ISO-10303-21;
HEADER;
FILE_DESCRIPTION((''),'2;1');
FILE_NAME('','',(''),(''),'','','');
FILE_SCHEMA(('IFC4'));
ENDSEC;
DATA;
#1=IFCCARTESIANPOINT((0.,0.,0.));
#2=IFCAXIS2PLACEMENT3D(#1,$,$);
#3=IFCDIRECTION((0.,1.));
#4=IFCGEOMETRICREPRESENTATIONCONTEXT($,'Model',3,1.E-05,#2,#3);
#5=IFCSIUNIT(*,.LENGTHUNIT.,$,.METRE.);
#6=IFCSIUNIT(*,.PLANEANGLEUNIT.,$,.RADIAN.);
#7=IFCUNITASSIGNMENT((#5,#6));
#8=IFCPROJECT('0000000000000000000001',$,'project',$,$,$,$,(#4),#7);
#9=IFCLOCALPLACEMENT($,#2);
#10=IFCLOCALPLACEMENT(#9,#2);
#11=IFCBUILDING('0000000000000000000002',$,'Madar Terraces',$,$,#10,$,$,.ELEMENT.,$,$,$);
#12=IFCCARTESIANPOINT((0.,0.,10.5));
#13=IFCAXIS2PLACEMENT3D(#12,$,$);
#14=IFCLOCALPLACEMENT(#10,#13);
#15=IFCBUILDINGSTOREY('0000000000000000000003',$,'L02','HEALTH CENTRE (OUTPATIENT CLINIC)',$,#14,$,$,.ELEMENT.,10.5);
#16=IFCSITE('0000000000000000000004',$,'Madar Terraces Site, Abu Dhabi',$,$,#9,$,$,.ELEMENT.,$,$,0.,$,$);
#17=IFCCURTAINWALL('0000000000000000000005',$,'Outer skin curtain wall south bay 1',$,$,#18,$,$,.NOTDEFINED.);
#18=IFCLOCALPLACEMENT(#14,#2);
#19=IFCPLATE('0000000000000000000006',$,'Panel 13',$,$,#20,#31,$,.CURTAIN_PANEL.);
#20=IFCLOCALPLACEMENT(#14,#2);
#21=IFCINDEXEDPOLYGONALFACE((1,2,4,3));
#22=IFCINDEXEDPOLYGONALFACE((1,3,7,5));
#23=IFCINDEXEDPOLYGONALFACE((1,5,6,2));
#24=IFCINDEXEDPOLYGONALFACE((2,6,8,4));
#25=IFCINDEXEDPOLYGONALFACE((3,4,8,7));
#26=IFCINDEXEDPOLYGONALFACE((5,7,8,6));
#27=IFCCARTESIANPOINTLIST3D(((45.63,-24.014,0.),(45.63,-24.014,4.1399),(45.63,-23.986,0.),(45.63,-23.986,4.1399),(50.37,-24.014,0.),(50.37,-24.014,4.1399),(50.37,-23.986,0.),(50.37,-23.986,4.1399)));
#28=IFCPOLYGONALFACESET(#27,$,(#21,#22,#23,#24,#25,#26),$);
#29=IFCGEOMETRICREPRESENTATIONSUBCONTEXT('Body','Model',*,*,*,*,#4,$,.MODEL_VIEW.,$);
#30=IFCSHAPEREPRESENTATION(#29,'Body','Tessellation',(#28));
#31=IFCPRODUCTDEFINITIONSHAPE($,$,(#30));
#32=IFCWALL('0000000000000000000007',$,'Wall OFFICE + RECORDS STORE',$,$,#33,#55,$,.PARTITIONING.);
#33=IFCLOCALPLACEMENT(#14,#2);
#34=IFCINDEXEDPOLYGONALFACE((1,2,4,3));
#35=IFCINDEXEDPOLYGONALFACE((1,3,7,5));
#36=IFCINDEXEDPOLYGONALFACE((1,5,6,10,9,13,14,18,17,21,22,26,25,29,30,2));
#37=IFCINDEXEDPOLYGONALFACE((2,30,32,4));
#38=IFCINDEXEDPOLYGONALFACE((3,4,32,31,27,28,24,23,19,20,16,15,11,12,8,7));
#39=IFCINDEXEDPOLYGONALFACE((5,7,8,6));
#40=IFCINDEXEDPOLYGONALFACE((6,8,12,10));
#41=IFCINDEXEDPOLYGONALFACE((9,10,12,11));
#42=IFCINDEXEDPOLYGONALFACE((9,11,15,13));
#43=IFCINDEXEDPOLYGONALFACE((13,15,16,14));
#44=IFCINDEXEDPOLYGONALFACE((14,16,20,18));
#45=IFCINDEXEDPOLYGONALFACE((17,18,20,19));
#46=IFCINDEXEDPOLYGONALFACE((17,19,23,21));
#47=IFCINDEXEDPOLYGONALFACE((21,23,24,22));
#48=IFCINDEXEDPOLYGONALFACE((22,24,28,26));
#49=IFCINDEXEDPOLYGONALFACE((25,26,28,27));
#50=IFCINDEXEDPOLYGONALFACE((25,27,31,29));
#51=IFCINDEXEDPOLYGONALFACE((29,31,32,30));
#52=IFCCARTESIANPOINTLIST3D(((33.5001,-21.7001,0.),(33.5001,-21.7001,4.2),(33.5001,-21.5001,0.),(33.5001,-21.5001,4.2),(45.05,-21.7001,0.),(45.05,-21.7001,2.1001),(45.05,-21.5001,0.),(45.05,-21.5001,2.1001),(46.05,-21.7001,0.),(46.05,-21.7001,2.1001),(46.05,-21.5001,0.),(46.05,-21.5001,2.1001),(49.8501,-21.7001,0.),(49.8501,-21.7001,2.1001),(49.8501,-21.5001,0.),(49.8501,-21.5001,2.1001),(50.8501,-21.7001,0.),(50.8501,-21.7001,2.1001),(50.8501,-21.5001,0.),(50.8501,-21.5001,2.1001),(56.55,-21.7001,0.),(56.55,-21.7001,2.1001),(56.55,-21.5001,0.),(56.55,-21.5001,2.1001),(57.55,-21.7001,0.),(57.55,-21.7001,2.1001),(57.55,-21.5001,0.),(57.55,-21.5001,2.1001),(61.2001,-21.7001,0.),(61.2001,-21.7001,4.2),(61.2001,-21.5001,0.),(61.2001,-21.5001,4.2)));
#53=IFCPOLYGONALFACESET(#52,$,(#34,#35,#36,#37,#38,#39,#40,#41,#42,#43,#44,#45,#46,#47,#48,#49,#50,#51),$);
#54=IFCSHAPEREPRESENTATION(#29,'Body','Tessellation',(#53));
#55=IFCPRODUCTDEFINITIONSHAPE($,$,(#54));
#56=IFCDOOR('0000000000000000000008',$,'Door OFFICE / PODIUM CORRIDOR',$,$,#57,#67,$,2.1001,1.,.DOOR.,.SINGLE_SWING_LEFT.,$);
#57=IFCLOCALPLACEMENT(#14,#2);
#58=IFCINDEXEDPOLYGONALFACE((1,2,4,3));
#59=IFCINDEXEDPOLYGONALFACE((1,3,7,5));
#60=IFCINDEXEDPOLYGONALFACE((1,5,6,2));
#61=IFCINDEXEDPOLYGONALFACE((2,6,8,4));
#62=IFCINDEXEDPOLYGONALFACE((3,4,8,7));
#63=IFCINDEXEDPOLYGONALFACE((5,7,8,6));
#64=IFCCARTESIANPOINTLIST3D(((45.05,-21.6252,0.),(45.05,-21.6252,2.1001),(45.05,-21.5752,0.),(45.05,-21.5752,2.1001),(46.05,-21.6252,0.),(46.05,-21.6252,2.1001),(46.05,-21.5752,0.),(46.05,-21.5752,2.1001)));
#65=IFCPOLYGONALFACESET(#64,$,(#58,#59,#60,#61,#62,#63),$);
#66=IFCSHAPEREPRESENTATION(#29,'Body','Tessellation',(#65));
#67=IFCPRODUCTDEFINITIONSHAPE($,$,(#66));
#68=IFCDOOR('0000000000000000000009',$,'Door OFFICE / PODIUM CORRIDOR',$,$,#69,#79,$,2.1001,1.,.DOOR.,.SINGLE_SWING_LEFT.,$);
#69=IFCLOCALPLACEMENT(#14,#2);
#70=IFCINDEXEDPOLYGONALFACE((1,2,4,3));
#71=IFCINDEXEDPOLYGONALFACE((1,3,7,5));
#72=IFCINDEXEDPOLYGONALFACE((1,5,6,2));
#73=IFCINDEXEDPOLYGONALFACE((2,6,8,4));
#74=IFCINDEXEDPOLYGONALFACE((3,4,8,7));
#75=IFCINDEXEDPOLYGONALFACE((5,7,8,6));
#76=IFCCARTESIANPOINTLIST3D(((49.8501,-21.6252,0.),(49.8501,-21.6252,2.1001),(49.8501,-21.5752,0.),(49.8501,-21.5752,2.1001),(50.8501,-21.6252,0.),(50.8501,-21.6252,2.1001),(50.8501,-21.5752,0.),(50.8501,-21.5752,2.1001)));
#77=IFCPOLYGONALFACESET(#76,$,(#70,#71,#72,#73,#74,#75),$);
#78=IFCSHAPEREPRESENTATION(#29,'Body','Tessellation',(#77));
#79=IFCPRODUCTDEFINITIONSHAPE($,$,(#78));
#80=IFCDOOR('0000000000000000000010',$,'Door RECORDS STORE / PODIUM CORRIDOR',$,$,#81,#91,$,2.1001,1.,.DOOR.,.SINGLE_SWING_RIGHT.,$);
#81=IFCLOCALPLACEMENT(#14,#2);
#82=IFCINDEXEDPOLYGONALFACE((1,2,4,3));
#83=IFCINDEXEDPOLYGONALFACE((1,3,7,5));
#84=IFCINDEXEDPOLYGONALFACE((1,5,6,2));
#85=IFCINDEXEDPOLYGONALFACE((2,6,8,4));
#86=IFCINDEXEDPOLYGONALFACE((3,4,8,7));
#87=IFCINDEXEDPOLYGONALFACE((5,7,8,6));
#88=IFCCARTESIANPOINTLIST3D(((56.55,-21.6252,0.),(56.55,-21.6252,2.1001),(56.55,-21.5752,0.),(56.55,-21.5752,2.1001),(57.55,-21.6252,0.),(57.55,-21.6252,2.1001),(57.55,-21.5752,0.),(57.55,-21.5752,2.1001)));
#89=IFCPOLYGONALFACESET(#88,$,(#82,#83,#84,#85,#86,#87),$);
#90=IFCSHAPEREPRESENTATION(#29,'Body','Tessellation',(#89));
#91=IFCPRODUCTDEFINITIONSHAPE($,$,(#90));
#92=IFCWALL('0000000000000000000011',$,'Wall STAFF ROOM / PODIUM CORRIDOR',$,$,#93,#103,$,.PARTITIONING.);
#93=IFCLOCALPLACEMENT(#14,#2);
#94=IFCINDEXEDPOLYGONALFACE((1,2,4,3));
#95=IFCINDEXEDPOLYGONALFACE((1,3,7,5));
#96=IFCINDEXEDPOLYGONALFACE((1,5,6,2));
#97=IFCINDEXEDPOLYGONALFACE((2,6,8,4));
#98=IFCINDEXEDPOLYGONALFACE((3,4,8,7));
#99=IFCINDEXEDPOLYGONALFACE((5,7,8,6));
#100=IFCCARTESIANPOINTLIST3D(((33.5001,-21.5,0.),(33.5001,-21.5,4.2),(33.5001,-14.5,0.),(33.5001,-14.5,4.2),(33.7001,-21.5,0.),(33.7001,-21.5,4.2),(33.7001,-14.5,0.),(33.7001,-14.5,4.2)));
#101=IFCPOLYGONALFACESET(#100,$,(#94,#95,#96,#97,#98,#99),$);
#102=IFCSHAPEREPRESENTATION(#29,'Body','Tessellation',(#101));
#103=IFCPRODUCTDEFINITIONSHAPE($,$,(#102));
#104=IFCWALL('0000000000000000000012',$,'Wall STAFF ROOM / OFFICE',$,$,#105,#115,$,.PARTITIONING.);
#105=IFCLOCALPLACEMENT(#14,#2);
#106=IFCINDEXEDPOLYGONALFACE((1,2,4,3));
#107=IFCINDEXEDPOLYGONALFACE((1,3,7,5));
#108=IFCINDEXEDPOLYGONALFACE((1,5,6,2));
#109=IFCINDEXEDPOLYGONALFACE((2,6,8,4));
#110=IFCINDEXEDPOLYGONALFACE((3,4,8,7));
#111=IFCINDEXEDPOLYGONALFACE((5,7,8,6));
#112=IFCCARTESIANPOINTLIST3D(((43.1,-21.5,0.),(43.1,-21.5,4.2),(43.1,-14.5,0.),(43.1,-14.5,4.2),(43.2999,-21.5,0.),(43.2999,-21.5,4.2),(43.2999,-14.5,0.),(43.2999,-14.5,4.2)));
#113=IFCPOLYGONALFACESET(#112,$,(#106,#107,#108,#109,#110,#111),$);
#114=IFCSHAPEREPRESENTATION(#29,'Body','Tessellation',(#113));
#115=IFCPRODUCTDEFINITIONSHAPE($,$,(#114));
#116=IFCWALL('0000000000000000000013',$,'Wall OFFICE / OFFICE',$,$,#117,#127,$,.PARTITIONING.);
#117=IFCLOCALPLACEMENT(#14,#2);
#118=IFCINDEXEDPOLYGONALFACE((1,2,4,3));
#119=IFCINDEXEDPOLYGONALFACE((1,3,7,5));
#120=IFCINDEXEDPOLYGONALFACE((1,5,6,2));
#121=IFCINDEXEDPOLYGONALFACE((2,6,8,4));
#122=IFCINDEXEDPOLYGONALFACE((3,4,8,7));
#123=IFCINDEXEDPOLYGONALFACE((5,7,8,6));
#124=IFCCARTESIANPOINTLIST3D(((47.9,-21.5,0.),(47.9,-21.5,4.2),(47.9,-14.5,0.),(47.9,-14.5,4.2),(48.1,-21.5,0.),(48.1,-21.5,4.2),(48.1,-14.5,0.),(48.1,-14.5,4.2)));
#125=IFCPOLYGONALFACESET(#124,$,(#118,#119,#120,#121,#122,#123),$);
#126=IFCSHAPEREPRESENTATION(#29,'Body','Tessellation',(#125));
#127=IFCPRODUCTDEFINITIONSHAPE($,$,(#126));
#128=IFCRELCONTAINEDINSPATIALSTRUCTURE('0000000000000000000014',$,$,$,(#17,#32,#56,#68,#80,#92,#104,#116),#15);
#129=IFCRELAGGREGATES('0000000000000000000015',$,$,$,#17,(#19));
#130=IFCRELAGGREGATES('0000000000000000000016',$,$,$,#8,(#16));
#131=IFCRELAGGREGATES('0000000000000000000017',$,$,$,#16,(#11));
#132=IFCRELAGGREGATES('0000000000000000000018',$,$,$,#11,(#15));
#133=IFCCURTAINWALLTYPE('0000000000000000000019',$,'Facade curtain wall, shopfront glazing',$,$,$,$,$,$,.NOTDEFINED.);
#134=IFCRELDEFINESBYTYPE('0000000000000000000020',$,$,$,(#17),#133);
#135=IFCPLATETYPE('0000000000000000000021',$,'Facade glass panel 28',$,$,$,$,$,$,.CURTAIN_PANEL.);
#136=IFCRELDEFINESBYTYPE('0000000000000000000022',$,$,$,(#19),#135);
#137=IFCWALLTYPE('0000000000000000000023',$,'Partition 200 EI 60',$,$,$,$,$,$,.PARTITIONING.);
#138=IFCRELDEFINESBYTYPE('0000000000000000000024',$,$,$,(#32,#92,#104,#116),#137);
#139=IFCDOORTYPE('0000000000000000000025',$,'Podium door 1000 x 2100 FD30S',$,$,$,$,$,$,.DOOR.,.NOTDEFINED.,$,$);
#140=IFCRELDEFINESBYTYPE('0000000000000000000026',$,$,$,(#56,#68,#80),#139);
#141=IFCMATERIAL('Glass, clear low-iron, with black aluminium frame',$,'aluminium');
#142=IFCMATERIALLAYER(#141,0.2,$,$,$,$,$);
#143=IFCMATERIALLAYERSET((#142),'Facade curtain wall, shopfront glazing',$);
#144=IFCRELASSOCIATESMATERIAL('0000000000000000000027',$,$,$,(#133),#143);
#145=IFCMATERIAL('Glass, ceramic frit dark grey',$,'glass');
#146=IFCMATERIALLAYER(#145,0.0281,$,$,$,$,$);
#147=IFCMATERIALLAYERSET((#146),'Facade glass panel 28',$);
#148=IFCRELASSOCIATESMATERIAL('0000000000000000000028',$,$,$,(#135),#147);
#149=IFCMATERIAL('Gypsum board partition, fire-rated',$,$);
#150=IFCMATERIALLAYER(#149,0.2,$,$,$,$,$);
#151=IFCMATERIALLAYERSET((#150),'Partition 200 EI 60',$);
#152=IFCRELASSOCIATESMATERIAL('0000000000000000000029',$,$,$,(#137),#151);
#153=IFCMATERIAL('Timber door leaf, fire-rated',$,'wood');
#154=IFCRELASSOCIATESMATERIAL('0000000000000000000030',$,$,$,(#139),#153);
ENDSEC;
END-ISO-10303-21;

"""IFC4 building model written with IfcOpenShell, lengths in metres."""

from ifc_helpers import new_model, si_unit, direction, frame, frame_2d, origin, origin_2d, place, context, subcontext, project, spatial, rectangle, extrude, material, layer, layer_set, type_object, element, fill, aggregate, save


model = new_model("IFC4")

# Units and contexts
model_context = context("Model", 3, precision=1e-05, world=origin(), true_north=direction((0.0, 1.0)))
body_context = subcontext(model_context, "Body", "Model", "MODEL_VIEW")
ifc_project = project(units=[si_unit("LENGTHUNIT", "METRE"), si_unit("PLANEANGLEUNIT", "RADIAN")], contexts=[model_context])

# Site, building, storey
site_placement = place(None, origin())
site = spatial("IfcSite", under=ifc_project, at=site_placement, Name="Madar Terraces Site, Abu Dhabi", CompositionType="ELEMENT", RefElevation=0.0)
building_placement = place(site_placement, origin())
building = spatial("IfcBuilding", under=site, at=building_placement, Name="Madar Terraces", CompositionType="ELEMENT")
storey_placement = place(building_placement, frame((0.0, 0.0, 10.5)))
storey = spatial("IfcBuildingStorey", under=building, at=storey_placement, Name="L02", Description="HEALTH CENTRE (OUTPATIENT CLINIC)", CompositionType="ELEMENT", Elevation=10.5)

# Curtain wall, plate
ifc_material_1 = material(Name="Glass, clear low-iron, with black aluminium frame", Category="aluminium")
ifc_layer_1 = layer(ifc_material_1, 0.2)
ifc_layer_set_1 = layer_set([ifc_layer_1], Name="Facade curtain wall, shopfront glazing")
curtain_wall_type = type_object("IfcCurtainWallType", Name="Facade curtain wall, shopfront glazing", PredefinedType="NOTDEFINED", material=ifc_layer_set_1)
curtain_wall_placement = place(storey_placement, origin())
curtain_wall = element("IfcCurtainWall", 1, at=curtain_wall_placement, inside=storey, type_object=curtain_wall_type, Name="Outer skin curtain wall south bay 1", PredefinedType="NOTDEFINED")
ifc_material_2 = material(Name="Glass, ceramic frit dark grey", Category="glass")
ifc_layer_2 = layer(ifc_material_2, 0.0281)
ifc_layer_set_2 = layer_set([ifc_layer_2], Name="Facade glass panel 28")
plate_type = type_object("IfcPlateType", Name="Facade glass panel 28", PredefinedType="CURTAIN_PANEL", material=ifc_layer_set_2)
plate_1_placement = place(storey_placement, frame((48.0, -24.0, 0.0), z_axis=(0.0, 0.0, 1.0), x_axis=(1.0, 0.0, 0.0)))
plate_1 = element("IfcPlate", 2, at=plate_1_placement, type_object=plate_type, Name="Panel 13", PredefinedType="CURTAIN_PANEL", context=body_context, shape_type="SweptSolid", body=[
    extrude(rectangle(XDim=4.74, YDim=0.0281, at=origin_2d()), origin(), (0.0, 0.0, 1.0), 4.1399),
])
aggregate(curtain_wall, [plate_1])

# Wall, openings, doors
ifc_material_3 = material(Name="Gypsum board partition, fire-rated")
ifc_layer_3 = layer(ifc_material_3, 0.2)
ifc_layer_set_3 = layer_set([ifc_layer_3], Name="Partition 200 EI 60")
wall_type_1 = type_object("IfcWallType", Name="Partition 200 EI 60", PredefinedType="PARTITIONING", material=ifc_layer_set_3)
wall_1_placement = place(storey_placement, frame((33.5, -21.6001, 0.0), z_axis=(0.0, 0.0, 1.0), x_axis=(1.0, 0.0, 0.0)))
wall_1 = element("IfcWall", 3, at=wall_1_placement, inside=storey, type_object=wall_type_1, Name="Wall OFFICE + RECORDS STORE", PredefinedType="PARTITIONING", context=body_context, shape_type="SweptSolid", body=[
    extrude(rectangle(XDim=27.7, YDim=0.2, at=frame_2d((13.8501, 0.0))), origin(), (0.0, 0.0, 1.0), 4.2),
])
opening_1_placement = place(wall_1_placement, frame((11.55, 0.0, 0.0)))
opening_1 = element("IfcOpeningElement", 4, at=opening_1_placement, cuts=wall_1, PredefinedType="OPENING", context=body_context, shape_type="SweptSolid", body=[
    extrude(rectangle(XDim=1.0, YDim=2.1001, at=frame_2d((0.5, 1.05))), frame((0.0, 0.1099, 0.0), z_axis=(0.0, -1.0, 0.0), x_axis=(1.0, 0.0, 0.0)), (0.0, 0.0, 1.0), 0.22),
])
opening_2_placement = place(wall_1_placement, frame((16.3501, 0.0, 0.0)))
opening_2 = element("IfcOpeningElement", 5, at=opening_2_placement, cuts=wall_1, PredefinedType="OPENING", context=body_context, shape_type="SweptSolid", body=[
    extrude(rectangle(XDim=1.0, YDim=2.1001, at=frame_2d((0.5, 1.05))), frame((0.0, 0.1099, 0.0), z_axis=(0.0, -1.0, 0.0), x_axis=(1.0, 0.0, 0.0)), (0.0, 0.0, 1.0), 0.22),
])
opening_3_placement = place(wall_1_placement, frame((23.05, 0.0, 0.0)))
opening_3 = element("IfcOpeningElement", 6, at=opening_3_placement, cuts=wall_1, PredefinedType="OPENING", context=body_context, shape_type="SweptSolid", body=[
    extrude(rectangle(XDim=1.0, YDim=2.1001, at=frame_2d((0.5, 1.05))), frame((0.0, 0.1099, 0.0), z_axis=(0.0, -1.0, 0.0), x_axis=(1.0, 0.0, 0.0)), (0.0, 0.0, 1.0), 0.22),
])
ifc_material_4 = material(Name="Timber door leaf, fire-rated", Category="wood")
door_type_1 = type_object("IfcDoorType", Name="Podium door 1000 x 2100 FD30S", OperationType="NOTDEFINED", PredefinedType="DOOR", material=ifc_material_4)
door_1_placement = place(opening_1_placement, origin())
door_1 = element("IfcDoor", 7, at=door_1_placement, inside=storey, type_object=door_type_1, Name="Door OFFICE / PODIUM CORRIDOR", OperationType="SINGLE_SWING_LEFT", OverallHeight=2.1001, OverallWidth=1.0, PredefinedType="DOOR", context=body_context, shape_type="SweptSolid", body=[
    extrude(rectangle(XDim=1.0, YDim=2.1001, at=frame_2d((0.5, 1.05))), frame((0.0, 0.0249, 0.0), z_axis=(0.0, -1.0, 0.0), x_axis=(1.0, 0.0, 0.0)), (0.0, 0.0, 1.0), 0.05),
])
fill(opening_1, door_1)
door_2_placement = place(opening_2_placement, origin())
door_2 = element("IfcDoor", 8, at=door_2_placement, inside=storey, type_object=door_type_1, Name="Door OFFICE / PODIUM CORRIDOR", OperationType="SINGLE_SWING_LEFT", OverallHeight=2.1001, OverallWidth=1.0, PredefinedType="DOOR", context=body_context, shape_type="SweptSolid", body=[
    extrude(rectangle(XDim=1.0, YDim=2.1001, at=frame_2d((0.5, 1.05))), frame((0.0, 0.0249, 0.0), z_axis=(0.0, -1.0, 0.0), x_axis=(1.0, 0.0, 0.0)), (0.0, 0.0, 1.0), 0.05),
])
fill(opening_2, door_2)
door_3_placement = place(opening_3_placement, origin())
door_3 = element("IfcDoor", 9, at=door_3_placement, inside=storey, type_object=door_type_1, Name="Door RECORDS STORE / PODIUM CORRIDOR", OperationType="SINGLE_SWING_RIGHT", OverallHeight=2.1001, OverallWidth=1.0, PredefinedType="DOOR", context=body_context, shape_type="SweptSolid", body=[
    extrude(rectangle(XDim=1.0, YDim=2.1001, at=frame_2d((0.5, 1.05))), frame((0.0, 0.0249, 0.0), z_axis=(0.0, -1.0, 0.0), x_axis=(1.0, 0.0, 0.0)), (0.0, 0.0, 1.0), 0.05),
])
fill(opening_3, door_3)

# Walls
for number, where, z_axis, x_axis, name in (
    (10, (33.6001, -21.5, 0.0), (0.0, 0.0, 1.0), (0.0, 1.0, 0.0), "Wall STAFF ROOM / PODIUM CORRIDOR"),
    (11, (43.2, -21.5, 0.0), (0.0, 0.0, 1.0), (0.0, 1.0, 0.0), "Wall STAFF ROOM / OFFICE"),
    (12, (48.0, -21.5, 0.0), (0.0, 0.0, 1.0), (0.0, 1.0, 0.0), "Wall OFFICE / OFFICE"),
):
    element("IfcWall", number, at=place(storey_placement, frame(where, z_axis=z_axis, x_axis=x_axis)), inside=storey, type_object=wall_type_1, Name=name, PredefinedType="PARTITIONING", context=body_context, shape_type="SweptSolid", body=[
        extrude(rectangle(XDim=7.0, YDim=0.2, at=frame_2d((3.5, 0.0))), origin(), (0.0, 0.0, 1.0), 4.2),
    ])

save(model, "model.ifc")
